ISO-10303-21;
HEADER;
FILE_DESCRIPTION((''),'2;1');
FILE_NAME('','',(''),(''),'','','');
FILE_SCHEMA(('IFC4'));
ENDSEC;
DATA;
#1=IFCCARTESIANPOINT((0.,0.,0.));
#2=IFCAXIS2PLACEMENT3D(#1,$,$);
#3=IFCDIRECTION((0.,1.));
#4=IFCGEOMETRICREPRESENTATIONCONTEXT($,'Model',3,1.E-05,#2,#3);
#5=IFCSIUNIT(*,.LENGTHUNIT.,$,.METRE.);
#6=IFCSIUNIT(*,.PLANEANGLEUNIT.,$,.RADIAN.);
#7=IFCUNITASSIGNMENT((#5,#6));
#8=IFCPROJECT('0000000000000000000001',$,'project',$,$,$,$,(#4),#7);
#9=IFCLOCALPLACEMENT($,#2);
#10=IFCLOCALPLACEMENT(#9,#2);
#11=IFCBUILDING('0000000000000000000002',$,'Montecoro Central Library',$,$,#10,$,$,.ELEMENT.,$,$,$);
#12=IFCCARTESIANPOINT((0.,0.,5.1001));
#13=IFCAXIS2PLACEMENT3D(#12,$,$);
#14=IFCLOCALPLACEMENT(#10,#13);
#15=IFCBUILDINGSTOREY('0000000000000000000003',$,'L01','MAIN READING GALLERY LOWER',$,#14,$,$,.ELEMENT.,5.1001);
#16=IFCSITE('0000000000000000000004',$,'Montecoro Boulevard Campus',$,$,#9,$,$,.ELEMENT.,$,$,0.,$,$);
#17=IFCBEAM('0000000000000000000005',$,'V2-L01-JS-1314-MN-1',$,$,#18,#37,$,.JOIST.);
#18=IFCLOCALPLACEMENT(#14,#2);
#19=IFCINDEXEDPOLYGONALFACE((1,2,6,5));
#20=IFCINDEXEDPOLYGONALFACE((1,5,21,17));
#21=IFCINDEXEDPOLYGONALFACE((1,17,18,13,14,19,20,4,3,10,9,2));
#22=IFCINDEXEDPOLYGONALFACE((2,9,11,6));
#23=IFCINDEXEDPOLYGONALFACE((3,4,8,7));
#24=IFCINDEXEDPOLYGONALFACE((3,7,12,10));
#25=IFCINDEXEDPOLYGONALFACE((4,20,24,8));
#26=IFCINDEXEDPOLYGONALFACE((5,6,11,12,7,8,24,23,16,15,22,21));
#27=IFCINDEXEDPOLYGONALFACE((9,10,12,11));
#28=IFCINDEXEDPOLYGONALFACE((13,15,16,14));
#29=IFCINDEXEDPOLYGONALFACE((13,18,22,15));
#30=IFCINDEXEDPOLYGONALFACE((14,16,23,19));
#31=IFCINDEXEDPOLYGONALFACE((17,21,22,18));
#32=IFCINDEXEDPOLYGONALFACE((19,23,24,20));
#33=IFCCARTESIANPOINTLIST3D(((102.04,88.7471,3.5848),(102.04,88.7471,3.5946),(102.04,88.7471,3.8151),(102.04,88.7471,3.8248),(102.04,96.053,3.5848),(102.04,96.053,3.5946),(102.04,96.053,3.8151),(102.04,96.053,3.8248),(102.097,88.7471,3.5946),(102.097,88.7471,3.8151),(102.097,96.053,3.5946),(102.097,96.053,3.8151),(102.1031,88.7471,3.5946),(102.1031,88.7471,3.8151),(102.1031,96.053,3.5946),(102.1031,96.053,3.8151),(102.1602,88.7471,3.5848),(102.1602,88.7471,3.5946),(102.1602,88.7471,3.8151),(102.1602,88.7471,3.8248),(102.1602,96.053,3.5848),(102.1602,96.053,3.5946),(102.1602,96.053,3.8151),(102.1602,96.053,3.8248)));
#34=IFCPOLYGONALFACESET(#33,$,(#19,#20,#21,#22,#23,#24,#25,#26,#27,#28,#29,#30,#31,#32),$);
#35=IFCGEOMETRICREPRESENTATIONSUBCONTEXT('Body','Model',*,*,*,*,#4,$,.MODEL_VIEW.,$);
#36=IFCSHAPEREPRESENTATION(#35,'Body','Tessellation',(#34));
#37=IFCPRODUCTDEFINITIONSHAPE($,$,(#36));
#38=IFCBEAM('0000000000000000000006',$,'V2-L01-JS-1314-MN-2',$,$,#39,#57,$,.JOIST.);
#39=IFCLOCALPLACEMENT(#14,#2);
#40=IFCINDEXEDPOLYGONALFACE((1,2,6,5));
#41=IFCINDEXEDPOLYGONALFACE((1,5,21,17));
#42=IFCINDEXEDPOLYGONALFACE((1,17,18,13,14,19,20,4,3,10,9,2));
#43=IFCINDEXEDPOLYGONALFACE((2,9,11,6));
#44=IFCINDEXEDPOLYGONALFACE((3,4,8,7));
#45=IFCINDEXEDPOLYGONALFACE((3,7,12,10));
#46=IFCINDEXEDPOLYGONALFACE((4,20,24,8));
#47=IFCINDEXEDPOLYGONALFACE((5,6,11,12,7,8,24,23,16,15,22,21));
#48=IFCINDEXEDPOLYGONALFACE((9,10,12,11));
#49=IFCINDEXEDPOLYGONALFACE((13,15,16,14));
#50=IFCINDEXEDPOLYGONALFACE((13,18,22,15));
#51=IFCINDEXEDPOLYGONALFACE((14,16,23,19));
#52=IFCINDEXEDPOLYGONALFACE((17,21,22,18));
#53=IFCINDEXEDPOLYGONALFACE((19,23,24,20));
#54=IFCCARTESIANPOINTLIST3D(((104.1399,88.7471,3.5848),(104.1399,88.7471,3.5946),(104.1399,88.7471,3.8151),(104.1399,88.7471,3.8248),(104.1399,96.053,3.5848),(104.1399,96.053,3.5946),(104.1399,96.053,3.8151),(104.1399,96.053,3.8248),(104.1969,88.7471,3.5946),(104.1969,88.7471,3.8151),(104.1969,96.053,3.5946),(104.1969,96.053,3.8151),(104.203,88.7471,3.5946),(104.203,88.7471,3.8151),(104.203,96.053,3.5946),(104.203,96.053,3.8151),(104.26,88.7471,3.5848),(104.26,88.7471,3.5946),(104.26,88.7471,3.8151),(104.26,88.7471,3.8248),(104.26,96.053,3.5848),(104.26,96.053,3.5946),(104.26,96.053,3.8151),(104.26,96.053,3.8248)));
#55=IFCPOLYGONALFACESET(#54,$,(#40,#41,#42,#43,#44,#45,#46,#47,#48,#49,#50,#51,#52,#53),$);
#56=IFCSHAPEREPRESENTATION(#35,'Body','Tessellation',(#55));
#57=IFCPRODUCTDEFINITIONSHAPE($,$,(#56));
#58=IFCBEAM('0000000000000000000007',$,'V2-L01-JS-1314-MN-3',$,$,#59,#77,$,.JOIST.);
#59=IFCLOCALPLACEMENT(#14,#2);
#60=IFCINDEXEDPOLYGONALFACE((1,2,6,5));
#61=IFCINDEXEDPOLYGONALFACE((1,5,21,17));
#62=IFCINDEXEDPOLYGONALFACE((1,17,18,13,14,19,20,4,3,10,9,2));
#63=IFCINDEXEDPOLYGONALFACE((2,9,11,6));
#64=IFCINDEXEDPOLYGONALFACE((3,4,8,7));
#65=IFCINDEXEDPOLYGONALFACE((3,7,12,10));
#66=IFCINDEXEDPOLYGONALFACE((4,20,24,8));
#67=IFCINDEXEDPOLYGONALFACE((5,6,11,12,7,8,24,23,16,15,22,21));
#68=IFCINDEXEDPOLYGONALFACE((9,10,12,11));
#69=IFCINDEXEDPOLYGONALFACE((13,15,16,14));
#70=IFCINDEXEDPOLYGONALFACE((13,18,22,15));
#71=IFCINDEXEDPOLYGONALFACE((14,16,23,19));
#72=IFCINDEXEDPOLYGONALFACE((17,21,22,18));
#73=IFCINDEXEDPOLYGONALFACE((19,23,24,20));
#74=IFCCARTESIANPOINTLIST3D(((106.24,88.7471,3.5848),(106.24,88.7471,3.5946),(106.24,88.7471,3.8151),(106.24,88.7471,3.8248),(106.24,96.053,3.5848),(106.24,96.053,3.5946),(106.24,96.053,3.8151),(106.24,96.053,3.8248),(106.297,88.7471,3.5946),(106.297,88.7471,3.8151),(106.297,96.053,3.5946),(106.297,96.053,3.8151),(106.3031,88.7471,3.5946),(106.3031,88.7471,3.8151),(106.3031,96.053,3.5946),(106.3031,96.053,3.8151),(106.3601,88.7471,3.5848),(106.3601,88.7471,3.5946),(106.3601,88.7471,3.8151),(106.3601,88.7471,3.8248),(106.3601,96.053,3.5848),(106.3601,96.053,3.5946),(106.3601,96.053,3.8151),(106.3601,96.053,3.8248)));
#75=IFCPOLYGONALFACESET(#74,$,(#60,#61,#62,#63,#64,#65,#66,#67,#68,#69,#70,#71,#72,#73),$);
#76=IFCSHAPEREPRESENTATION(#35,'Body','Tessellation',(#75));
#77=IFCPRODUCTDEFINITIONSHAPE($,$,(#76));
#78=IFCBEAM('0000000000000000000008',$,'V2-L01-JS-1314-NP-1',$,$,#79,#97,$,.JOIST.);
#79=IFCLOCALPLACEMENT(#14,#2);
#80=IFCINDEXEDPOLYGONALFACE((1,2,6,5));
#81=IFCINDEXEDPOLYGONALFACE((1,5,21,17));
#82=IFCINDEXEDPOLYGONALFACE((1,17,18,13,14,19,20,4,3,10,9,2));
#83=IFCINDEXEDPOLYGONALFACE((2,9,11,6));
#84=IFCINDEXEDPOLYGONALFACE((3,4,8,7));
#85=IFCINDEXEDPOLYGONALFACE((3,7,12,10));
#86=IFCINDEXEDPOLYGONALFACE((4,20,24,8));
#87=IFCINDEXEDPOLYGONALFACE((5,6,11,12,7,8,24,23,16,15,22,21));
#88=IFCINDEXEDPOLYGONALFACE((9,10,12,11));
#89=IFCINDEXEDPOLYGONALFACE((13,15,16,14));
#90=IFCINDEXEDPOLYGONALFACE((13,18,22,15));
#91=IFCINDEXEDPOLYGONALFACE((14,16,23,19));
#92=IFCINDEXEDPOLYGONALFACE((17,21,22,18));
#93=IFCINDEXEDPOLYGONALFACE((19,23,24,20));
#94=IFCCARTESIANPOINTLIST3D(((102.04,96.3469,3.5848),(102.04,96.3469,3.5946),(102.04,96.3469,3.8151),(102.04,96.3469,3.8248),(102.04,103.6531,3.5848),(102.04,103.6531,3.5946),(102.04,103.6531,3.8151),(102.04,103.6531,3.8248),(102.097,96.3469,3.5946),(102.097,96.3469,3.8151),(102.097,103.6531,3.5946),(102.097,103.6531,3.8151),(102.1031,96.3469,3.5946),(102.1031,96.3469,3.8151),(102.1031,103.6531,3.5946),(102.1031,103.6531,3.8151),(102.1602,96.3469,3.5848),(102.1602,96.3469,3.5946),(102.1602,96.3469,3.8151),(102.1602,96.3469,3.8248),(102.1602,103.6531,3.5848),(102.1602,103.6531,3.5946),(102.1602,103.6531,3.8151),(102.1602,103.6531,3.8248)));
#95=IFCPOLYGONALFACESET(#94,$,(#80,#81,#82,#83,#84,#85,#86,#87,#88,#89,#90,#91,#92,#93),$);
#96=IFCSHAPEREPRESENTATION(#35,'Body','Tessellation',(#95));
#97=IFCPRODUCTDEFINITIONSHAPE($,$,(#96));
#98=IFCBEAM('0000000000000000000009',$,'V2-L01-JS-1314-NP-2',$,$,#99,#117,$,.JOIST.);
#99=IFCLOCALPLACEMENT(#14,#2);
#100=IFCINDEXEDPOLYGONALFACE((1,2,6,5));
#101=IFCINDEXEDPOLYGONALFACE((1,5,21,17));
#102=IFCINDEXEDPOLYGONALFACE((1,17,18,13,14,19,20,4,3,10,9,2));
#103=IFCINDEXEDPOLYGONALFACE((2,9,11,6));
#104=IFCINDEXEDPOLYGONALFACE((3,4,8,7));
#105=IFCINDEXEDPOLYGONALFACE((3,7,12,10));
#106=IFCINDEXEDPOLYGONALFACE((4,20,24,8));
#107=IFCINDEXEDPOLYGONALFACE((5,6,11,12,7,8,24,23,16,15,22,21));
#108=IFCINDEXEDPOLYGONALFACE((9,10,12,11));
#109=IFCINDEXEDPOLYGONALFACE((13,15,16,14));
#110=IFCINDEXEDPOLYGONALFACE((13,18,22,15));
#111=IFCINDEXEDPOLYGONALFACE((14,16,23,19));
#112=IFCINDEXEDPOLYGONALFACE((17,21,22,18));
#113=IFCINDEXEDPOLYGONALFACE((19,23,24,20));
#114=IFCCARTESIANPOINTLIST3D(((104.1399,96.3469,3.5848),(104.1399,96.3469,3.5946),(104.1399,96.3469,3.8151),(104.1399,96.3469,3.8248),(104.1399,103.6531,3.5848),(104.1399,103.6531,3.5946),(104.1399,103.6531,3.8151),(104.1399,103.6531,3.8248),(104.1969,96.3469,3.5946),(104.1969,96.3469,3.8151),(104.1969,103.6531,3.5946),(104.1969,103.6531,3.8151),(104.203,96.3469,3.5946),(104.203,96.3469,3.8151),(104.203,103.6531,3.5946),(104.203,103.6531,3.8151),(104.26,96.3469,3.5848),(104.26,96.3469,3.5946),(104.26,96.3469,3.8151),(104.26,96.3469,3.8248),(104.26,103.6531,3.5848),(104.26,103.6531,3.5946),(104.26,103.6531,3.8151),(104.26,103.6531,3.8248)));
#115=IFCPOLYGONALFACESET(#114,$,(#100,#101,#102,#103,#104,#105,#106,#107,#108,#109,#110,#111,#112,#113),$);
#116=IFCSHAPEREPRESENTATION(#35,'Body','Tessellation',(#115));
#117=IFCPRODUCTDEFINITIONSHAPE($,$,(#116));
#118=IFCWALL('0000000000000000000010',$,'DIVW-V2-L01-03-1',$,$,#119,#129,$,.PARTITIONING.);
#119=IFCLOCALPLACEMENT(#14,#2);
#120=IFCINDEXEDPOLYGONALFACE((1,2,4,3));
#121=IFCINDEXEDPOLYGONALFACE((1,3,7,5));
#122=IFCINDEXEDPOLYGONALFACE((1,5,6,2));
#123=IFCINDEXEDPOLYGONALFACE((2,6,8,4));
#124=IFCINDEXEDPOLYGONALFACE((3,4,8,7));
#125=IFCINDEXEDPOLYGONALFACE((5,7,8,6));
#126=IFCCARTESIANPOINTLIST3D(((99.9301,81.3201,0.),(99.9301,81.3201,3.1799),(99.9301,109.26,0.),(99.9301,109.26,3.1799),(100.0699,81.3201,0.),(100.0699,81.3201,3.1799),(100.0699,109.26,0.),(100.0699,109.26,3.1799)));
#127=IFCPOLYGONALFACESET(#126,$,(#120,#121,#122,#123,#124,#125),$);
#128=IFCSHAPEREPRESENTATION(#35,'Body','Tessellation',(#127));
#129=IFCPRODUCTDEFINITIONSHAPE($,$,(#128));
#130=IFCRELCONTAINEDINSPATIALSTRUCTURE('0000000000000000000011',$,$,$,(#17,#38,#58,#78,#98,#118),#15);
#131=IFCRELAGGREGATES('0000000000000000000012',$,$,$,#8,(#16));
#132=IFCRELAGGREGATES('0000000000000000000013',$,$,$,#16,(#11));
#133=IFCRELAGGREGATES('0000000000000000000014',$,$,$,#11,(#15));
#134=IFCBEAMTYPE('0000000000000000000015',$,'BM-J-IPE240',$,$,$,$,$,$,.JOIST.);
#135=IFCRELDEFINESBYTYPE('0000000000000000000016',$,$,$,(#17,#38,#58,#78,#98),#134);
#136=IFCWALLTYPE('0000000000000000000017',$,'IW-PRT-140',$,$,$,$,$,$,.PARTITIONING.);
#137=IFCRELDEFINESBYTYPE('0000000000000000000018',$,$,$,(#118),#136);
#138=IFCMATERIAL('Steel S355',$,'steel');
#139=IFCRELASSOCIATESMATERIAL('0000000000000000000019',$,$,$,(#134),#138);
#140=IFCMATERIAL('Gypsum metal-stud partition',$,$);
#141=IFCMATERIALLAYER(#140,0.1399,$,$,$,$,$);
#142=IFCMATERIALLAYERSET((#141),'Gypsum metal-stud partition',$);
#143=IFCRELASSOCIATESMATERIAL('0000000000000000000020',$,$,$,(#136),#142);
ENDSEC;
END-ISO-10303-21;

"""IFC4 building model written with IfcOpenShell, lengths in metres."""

from ifc_helpers import new_model, si_unit, direction, frame, frame_2d, origin, origin_2d, place, context, subcontext, project, spatial, rectangle, i_section, extrude, material, layer, layer_set, material_profile, profile_set, type_object, element, save


model = new_model("IFC4")

# Units and contexts
model_context = context("Model", 3, precision=1e-05, world=origin(), true_north=direction((0.0, 1.0)))
body_context = subcontext(model_context, "Body", "Model", "MODEL_VIEW")
ifc_project = project(units=[si_unit("LENGTHUNIT", "METRE"), si_unit("PLANEANGLEUNIT", "RADIAN")], contexts=[model_context])

# Site, building, storey
site_placement = place(None, origin())
site = spatial("IfcSite", under=ifc_project, at=site_placement, Name="Montecoro Boulevard Campus", CompositionType="ELEMENT", RefElevation=0.0)
building_placement = place(site_placement, origin())
building = spatial("IfcBuilding", under=site, at=building_placement, Name="Montecoro Central Library", CompositionType="ELEMENT")
storey_placement = place(building_placement, frame((0.0, 0.0, 5.1001)))
storey = spatial("IfcBuildingStorey", under=building, at=storey_placement, Name="L01", Description="MAIN READING GALLERY LOWER", CompositionType="ELEMENT", Elevation=5.1001)

# Beams
ifc_material_1 = material(Name="Steel S355", Category="steel")
ifc_material_profile_1 = material_profile(ifc_material_1, i_section(OverallWidth=0.1201, OverallDepth=0.24, WebThickness=0.0061, FlangeThickness=0.0098, at=origin_2d()), Name="IPE 240")
ifc_profile_set_1 = profile_set([ifc_material_profile_1], Name="Steel S355")
beam_type_1 = type_object("IfcBeamType", Name="BM-J-IPE240", PredefinedType="JOIST", material=ifc_profile_set_1)
for number, where, z_axis, x_axis, name in (
    (1, (102.1001, 88.7471, 3.7048), (0.0, 1.0, 0.0), (-1.0, 0.0, 0.0), "V2-L01-JS-1314-MN-1"),
    (2, (104.2, 88.7471, 3.7048), (0.0, 1.0, 0.0), (-1.0, 0.0, 0.0), "V2-L01-JS-1314-MN-2"),
    (3, (106.3, 88.7471, 3.7048), (0.0, 1.0, 0.0), (-1.0, 0.0, 0.0), "V2-L01-JS-1314-MN-3"),
):
    element("IfcBeam", number, at=place(storey_placement, frame(where, z_axis=z_axis, x_axis=x_axis)), inside=storey, type_object=beam_type_1, Name=name, PredefinedType="JOIST", context=body_context, shape_type="SweptSolid", body=[
        extrude(i_section(OverallWidth=0.1201, OverallDepth=0.24, WebThickness=0.0061, FlangeThickness=0.0098, at=origin_2d()), origin(), (0.0, 0.0, 1.0), 7.3059),
    ])
for number, where, z_axis, x_axis, name in (
    (4, (102.1001, 96.3469, 3.7048), (0.0, 1.0, 0.0), (-1.0, 0.0, 0.0), "V2-L01-JS-1314-NP-1"),
    (5, (104.2, 96.3469, 3.7048), (0.0, 1.0, 0.0), (-1.0, 0.0, 0.0), "V2-L01-JS-1314-NP-2"),
):
    element("IfcBeam", number, at=place(storey_placement, frame(where, z_axis=z_axis, x_axis=x_axis)), inside=storey, type_object=beam_type_1, Name=name, PredefinedType="JOIST", context=body_context, shape_type="SweptSolid", body=[
        extrude(i_section(OverallWidth=0.1201, OverallDepth=0.24, WebThickness=0.0061, FlangeThickness=0.0098, at=origin_2d()), origin(), (0.0, 0.0, 1.0), 7.3062),
    ])

# Wall
ifc_material_2 = material(Name="Gypsum metal-stud partition")
ifc_layer = layer(ifc_material_2, 0.1399)
ifc_layer_set = layer_set([ifc_layer], Name="Gypsum metal-stud partition")
wall_type = type_object("IfcWallType", Name="IW-PRT-140", PredefinedType="PARTITIONING", material=ifc_layer_set)
wall_placement = place(storey_placement, frame((100.0, 81.3201, 0.0), z_axis=(0.0, 0.0, 1.0), x_axis=(0.0, 1.0, 0.0)))
element("IfcWall", 6, at=wall_placement, inside=storey, type_object=wall_type, Name="DIVW-V2-L01-03-1", PredefinedType="PARTITIONING", context=body_context, shape_type="SweptSolid", body=[
    extrude(rectangle(XDim=27.9399, YDim=0.1399, at=frame_2d((13.97, 0.0))), origin(), (0.0, 0.0, 1.0), 3.1799),
])

save(model, "model.ifc")
